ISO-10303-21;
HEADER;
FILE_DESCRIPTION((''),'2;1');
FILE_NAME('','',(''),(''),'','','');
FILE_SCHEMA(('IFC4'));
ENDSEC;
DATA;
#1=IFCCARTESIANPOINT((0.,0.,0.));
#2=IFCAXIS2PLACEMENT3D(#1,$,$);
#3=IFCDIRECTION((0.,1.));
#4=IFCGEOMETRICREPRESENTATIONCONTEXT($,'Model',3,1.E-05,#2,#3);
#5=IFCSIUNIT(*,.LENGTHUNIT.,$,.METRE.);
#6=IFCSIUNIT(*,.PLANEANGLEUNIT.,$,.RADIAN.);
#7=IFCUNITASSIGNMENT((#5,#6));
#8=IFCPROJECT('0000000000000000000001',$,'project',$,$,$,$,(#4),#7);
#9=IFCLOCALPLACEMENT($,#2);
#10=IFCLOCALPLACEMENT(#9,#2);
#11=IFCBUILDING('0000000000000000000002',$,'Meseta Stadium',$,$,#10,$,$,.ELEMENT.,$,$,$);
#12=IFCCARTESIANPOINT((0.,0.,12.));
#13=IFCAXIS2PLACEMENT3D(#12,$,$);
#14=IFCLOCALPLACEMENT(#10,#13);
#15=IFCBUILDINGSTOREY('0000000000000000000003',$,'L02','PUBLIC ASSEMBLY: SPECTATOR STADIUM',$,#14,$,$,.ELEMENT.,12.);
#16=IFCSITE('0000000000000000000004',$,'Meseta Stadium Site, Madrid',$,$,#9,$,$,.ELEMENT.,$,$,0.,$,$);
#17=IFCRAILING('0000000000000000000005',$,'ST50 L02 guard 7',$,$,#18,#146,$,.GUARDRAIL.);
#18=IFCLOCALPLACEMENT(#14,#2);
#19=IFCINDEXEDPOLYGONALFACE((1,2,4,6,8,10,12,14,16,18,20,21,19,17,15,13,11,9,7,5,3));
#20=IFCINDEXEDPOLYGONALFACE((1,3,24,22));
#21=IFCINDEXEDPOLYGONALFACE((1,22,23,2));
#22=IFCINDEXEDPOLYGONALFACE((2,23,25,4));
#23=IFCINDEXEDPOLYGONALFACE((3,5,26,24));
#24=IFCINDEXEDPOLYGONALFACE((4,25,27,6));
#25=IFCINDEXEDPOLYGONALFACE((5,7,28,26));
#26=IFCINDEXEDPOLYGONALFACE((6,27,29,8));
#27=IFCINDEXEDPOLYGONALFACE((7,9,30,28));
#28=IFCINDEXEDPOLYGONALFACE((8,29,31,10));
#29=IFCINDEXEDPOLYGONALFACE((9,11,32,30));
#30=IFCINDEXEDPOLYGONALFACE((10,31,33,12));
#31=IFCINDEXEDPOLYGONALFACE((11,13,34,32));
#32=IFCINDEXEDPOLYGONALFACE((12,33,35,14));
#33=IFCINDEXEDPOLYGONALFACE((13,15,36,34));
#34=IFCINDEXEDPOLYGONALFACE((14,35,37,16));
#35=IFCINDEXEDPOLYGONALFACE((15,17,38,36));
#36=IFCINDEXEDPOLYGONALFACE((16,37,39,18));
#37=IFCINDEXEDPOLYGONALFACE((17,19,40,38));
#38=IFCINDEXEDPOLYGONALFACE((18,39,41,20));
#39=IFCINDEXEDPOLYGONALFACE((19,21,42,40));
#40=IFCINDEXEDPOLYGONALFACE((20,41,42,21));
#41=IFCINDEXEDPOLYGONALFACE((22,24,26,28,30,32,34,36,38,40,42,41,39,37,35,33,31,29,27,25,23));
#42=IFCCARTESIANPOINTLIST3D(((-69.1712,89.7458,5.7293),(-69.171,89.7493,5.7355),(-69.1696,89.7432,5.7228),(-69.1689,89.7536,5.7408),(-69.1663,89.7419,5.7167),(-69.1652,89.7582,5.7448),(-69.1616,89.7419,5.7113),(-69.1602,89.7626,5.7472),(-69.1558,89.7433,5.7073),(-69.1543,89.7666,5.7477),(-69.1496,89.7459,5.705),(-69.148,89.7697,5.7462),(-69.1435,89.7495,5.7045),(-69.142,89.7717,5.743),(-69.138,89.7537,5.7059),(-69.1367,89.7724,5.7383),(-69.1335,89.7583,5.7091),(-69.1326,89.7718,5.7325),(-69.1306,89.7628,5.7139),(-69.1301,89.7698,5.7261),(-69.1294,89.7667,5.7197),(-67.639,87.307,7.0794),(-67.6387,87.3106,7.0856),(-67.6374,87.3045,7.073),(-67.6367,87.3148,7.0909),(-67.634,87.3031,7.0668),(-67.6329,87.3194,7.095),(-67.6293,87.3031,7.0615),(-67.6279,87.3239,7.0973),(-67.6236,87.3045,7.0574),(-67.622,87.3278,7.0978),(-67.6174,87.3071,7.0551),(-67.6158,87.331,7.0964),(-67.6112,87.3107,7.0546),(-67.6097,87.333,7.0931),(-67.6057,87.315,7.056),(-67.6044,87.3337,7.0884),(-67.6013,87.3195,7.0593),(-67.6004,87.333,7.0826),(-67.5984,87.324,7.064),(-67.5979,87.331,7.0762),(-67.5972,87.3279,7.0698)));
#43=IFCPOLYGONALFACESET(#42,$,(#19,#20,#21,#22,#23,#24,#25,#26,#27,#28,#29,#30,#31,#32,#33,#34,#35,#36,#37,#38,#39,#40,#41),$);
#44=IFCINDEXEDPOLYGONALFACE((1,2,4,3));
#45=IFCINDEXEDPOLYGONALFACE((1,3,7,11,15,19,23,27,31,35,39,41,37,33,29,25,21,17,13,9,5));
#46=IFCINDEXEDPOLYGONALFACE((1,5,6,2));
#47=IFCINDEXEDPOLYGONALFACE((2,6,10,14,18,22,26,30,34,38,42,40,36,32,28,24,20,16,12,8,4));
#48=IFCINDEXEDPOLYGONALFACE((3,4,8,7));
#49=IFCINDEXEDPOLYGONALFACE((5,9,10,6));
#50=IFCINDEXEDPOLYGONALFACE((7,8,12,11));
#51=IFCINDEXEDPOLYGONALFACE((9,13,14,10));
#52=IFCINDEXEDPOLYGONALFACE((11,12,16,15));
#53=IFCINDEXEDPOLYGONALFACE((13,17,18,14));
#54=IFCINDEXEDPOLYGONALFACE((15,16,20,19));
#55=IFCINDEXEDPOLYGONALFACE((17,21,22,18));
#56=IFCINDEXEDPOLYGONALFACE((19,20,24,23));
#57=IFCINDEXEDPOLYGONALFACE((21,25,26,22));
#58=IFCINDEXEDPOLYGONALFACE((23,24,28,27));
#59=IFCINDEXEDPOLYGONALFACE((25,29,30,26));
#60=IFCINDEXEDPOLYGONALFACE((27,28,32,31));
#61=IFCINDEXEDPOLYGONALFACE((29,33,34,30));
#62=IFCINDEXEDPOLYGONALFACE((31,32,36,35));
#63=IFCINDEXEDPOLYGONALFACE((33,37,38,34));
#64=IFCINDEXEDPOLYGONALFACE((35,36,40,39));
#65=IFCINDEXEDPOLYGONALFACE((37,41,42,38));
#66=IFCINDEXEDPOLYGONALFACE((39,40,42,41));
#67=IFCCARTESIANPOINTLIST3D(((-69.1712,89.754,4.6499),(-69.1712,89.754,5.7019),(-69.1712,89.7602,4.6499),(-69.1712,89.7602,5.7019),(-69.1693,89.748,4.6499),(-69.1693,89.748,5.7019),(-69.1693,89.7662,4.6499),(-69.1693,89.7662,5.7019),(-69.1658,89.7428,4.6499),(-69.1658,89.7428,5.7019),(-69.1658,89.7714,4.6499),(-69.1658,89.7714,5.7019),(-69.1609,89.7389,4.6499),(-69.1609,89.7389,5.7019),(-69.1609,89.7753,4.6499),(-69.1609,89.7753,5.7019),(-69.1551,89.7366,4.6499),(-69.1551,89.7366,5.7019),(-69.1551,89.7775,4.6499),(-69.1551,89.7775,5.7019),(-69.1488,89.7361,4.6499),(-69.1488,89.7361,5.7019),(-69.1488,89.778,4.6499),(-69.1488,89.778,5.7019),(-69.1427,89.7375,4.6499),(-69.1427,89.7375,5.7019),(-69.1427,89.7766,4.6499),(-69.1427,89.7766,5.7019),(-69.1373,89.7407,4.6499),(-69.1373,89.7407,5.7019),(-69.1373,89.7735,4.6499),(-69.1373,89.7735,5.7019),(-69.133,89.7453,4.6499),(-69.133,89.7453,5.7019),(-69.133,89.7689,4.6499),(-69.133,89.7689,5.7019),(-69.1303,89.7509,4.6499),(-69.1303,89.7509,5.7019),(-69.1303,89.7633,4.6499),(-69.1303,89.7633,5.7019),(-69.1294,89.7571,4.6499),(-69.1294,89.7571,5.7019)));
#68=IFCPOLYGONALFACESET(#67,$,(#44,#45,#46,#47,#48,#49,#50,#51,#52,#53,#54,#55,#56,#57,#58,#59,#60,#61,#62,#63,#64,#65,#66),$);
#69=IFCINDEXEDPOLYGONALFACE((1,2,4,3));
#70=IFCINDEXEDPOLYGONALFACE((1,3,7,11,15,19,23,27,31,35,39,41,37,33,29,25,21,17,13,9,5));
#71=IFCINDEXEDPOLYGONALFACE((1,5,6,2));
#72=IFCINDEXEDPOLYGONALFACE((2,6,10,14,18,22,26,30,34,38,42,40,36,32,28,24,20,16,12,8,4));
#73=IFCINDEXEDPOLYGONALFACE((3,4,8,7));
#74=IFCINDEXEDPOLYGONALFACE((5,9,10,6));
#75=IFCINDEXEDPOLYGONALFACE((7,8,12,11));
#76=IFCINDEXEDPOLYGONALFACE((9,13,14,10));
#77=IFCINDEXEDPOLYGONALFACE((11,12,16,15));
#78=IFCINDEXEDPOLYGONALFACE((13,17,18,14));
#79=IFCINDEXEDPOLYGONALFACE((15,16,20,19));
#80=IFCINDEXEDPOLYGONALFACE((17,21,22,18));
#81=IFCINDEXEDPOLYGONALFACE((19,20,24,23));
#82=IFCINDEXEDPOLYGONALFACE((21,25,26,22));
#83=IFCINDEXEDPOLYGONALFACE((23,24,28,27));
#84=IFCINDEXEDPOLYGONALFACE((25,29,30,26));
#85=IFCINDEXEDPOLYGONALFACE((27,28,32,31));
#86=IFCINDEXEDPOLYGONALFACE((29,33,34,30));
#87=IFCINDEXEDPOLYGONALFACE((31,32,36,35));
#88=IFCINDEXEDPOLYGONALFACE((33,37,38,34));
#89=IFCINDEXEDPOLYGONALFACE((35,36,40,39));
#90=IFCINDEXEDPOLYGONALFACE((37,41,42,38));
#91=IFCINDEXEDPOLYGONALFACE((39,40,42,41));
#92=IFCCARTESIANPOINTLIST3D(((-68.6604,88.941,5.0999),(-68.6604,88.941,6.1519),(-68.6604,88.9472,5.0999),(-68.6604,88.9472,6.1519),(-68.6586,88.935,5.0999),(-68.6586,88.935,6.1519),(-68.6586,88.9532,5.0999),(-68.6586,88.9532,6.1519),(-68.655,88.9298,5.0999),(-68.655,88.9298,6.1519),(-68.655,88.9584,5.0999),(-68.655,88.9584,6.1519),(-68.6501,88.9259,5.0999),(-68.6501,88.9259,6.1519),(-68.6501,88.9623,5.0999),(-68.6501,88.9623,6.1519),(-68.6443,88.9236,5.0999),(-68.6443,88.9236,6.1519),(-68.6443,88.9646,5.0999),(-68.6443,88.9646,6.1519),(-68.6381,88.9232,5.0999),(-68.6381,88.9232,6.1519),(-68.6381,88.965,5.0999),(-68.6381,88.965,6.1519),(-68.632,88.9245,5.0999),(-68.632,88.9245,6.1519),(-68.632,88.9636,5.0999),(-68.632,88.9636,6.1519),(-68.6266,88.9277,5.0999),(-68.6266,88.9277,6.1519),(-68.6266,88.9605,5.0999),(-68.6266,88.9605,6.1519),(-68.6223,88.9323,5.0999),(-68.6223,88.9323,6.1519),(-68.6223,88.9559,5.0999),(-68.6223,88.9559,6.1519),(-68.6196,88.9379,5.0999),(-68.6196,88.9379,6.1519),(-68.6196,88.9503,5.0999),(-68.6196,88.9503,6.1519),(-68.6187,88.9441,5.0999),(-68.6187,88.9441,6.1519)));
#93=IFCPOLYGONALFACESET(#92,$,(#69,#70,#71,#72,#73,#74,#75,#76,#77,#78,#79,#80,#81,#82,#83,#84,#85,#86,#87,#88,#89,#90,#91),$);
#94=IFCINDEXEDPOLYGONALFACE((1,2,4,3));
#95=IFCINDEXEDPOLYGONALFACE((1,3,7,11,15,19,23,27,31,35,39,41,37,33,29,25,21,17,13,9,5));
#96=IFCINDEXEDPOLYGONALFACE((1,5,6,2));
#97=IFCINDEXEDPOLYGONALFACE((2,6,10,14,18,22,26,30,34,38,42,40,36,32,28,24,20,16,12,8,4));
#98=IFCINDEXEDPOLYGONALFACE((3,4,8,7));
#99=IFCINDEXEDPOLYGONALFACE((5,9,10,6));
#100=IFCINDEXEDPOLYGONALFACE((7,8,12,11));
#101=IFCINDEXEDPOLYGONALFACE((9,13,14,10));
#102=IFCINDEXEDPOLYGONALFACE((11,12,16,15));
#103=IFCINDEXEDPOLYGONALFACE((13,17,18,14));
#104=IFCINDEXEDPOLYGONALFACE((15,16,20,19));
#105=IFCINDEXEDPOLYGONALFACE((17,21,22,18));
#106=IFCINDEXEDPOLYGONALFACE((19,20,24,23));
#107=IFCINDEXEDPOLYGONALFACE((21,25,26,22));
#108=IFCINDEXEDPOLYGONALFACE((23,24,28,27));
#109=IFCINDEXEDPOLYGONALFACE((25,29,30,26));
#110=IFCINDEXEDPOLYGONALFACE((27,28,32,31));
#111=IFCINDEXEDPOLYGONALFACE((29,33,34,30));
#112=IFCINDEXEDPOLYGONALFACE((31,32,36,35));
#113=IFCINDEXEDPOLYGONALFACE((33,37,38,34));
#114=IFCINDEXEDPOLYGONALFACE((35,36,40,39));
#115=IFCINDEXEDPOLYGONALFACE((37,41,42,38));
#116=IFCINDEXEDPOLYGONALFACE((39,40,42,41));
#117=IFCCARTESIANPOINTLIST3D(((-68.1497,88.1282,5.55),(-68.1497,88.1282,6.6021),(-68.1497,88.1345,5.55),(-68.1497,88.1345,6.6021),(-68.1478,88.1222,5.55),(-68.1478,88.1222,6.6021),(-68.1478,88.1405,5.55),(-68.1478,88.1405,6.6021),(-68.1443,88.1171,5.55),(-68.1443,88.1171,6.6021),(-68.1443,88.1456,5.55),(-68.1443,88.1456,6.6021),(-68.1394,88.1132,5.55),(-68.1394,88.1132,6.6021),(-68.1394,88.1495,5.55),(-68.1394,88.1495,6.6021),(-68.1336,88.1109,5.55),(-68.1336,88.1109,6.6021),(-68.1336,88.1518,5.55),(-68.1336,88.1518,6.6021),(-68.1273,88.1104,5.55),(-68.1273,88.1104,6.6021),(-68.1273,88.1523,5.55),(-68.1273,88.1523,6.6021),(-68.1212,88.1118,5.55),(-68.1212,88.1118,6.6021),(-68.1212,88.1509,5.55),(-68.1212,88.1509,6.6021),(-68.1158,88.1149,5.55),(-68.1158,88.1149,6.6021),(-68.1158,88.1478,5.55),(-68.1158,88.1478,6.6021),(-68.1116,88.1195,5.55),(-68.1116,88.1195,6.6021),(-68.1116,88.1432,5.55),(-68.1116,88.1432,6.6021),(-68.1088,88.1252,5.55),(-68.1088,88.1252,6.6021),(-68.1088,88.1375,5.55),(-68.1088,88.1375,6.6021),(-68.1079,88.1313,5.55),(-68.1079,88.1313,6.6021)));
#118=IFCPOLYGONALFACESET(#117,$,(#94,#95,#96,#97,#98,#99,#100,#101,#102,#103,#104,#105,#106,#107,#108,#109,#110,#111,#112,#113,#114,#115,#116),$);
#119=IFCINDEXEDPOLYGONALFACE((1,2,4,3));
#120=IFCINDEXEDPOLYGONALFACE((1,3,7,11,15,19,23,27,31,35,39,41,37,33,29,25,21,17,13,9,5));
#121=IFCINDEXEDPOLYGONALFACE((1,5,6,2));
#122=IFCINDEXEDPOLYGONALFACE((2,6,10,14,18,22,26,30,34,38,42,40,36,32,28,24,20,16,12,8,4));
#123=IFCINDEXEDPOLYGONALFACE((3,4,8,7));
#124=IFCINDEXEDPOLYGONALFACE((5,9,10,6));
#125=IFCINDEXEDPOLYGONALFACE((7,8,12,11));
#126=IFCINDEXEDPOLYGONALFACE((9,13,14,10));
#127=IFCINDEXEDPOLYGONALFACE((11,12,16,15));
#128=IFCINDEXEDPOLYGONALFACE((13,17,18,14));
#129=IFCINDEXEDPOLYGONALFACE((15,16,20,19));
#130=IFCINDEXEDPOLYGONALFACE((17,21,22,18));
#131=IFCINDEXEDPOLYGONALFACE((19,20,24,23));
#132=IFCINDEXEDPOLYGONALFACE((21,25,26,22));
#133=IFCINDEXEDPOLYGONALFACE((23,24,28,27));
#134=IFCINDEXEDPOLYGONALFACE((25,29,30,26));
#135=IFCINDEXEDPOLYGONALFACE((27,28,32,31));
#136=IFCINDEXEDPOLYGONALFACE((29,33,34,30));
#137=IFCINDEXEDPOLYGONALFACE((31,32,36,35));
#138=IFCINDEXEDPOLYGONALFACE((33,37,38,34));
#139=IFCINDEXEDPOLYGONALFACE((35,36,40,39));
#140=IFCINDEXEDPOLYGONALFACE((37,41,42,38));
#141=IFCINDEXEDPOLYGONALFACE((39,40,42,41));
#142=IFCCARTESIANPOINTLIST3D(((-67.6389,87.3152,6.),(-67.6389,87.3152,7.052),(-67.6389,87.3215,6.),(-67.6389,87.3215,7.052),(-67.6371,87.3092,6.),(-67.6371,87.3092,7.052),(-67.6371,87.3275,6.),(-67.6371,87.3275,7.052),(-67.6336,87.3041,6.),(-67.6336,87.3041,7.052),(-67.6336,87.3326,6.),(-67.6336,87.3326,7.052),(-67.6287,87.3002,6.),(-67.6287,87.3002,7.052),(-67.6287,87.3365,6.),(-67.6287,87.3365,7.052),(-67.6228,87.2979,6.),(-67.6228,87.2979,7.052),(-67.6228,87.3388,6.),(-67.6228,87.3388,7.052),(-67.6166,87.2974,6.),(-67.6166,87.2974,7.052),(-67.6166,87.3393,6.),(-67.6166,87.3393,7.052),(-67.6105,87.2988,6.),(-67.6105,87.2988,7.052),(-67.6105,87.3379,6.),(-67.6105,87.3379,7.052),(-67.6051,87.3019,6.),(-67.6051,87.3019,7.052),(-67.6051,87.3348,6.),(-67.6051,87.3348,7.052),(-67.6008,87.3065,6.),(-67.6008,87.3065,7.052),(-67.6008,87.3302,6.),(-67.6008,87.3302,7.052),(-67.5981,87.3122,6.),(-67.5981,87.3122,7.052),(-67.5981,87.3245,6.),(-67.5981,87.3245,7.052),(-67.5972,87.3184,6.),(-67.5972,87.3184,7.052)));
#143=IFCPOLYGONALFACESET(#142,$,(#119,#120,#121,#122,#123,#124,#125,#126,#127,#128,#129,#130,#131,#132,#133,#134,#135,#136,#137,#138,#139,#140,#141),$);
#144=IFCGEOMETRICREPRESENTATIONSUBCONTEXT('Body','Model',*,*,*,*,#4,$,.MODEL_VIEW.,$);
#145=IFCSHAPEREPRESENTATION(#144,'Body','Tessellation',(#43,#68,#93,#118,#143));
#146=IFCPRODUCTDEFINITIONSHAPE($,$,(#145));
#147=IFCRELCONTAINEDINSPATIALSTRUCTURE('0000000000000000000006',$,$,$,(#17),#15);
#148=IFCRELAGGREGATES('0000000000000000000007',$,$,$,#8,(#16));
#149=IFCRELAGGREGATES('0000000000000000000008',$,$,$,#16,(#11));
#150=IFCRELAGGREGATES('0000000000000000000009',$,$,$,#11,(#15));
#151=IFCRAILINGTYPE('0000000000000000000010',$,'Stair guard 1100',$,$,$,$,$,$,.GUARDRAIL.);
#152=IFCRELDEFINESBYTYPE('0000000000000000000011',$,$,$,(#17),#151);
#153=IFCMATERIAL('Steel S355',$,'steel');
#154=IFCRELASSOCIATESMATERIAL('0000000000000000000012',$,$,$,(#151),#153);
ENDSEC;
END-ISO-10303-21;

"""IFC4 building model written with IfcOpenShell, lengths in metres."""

from ifc_helpers import new_model, si_unit, direction, frame, origin, origin_2d, place, context, subcontext, project, spatial, circle, extrude, material, type_object, element, save


model = new_model("IFC4")

# Units and contexts
model_context = context("Model", 3, precision=1e-05, world=origin(), true_north=direction((0.0, 1.0)))
body_context = subcontext(model_context, "Body", "Model", "MODEL_VIEW")
ifc_project = project(units=[si_unit("LENGTHUNIT", "METRE"), si_unit("PLANEANGLEUNIT", "RADIAN")], contexts=[model_context])

# Site, building, storey
site_placement = place(None, origin())
site = spatial("IfcSite", under=ifc_project, at=site_placement, Name="Meseta Stadium Site, Madrid", CompositionType="ELEMENT", RefElevation=0.0)
building_placement = place(site_placement, origin())
building = spatial("IfcBuilding", under=site, at=building_placement, Name="Meseta Stadium", CompositionType="ELEMENT")
storey_placement = place(building_placement, frame((0.0, 0.0, 12.0)))
storey = spatial("IfcBuildingStorey", under=building, at=storey_placement, Name="L02", Description="PUBLIC ASSEMBLY: SPECTATOR STADIUM", CompositionType="ELEMENT", Elevation=12.0)

# Railing
ifc_material_1 = material(Name="Steel S355", Category="steel")
railing_type_1 = type_object("IfcRailingType", Name="Stair guard 1100", PredefinedType="GUARDRAIL", material=ifc_material_1)
railing_1_placement = place(storey_placement, frame((-69.1504, 89.7571, 4.6499)))
element("IfcRailing", 1, at=railing_1_placement, inside=storey, type_object=railing_type_1, Name="ST50 L02 guard 7", PredefinedType="GUARDRAIL", context=body_context, shape_type="SweptSolid", body=[
    extrude(circle(Radius=0.0239, at=origin_2d()), frame((0.0, 0.0, 1.0762), z_axis=(0.481703, -0.766687, 0.424445), x_axis=(0.846743, 0.532001, 0.0)), (0.0, 0.0, 1.0), 3.1809),
    extrude(circle(Radius=0.021, at=origin_2d()), origin(), (0.0, 0.0, 1.0), 1.052),
    extrude(circle(Radius=0.021, at=origin_2d()), frame((0.5107, -0.813, 0.45)), (0.0, 0.0, 1.0), 1.052),
    extrude(circle(Radius=0.021, at=origin_2d()), frame((1.0215, -1.6257, 0.9001)), (0.0, 0.0, 1.0), 1.052),
    extrude(circle(Radius=0.021, at=origin_2d()), frame((1.5322, -2.4387, 1.3501)), (0.0, 0.0, 1.0), 1.052),
])

save(model, "model.ifc")
